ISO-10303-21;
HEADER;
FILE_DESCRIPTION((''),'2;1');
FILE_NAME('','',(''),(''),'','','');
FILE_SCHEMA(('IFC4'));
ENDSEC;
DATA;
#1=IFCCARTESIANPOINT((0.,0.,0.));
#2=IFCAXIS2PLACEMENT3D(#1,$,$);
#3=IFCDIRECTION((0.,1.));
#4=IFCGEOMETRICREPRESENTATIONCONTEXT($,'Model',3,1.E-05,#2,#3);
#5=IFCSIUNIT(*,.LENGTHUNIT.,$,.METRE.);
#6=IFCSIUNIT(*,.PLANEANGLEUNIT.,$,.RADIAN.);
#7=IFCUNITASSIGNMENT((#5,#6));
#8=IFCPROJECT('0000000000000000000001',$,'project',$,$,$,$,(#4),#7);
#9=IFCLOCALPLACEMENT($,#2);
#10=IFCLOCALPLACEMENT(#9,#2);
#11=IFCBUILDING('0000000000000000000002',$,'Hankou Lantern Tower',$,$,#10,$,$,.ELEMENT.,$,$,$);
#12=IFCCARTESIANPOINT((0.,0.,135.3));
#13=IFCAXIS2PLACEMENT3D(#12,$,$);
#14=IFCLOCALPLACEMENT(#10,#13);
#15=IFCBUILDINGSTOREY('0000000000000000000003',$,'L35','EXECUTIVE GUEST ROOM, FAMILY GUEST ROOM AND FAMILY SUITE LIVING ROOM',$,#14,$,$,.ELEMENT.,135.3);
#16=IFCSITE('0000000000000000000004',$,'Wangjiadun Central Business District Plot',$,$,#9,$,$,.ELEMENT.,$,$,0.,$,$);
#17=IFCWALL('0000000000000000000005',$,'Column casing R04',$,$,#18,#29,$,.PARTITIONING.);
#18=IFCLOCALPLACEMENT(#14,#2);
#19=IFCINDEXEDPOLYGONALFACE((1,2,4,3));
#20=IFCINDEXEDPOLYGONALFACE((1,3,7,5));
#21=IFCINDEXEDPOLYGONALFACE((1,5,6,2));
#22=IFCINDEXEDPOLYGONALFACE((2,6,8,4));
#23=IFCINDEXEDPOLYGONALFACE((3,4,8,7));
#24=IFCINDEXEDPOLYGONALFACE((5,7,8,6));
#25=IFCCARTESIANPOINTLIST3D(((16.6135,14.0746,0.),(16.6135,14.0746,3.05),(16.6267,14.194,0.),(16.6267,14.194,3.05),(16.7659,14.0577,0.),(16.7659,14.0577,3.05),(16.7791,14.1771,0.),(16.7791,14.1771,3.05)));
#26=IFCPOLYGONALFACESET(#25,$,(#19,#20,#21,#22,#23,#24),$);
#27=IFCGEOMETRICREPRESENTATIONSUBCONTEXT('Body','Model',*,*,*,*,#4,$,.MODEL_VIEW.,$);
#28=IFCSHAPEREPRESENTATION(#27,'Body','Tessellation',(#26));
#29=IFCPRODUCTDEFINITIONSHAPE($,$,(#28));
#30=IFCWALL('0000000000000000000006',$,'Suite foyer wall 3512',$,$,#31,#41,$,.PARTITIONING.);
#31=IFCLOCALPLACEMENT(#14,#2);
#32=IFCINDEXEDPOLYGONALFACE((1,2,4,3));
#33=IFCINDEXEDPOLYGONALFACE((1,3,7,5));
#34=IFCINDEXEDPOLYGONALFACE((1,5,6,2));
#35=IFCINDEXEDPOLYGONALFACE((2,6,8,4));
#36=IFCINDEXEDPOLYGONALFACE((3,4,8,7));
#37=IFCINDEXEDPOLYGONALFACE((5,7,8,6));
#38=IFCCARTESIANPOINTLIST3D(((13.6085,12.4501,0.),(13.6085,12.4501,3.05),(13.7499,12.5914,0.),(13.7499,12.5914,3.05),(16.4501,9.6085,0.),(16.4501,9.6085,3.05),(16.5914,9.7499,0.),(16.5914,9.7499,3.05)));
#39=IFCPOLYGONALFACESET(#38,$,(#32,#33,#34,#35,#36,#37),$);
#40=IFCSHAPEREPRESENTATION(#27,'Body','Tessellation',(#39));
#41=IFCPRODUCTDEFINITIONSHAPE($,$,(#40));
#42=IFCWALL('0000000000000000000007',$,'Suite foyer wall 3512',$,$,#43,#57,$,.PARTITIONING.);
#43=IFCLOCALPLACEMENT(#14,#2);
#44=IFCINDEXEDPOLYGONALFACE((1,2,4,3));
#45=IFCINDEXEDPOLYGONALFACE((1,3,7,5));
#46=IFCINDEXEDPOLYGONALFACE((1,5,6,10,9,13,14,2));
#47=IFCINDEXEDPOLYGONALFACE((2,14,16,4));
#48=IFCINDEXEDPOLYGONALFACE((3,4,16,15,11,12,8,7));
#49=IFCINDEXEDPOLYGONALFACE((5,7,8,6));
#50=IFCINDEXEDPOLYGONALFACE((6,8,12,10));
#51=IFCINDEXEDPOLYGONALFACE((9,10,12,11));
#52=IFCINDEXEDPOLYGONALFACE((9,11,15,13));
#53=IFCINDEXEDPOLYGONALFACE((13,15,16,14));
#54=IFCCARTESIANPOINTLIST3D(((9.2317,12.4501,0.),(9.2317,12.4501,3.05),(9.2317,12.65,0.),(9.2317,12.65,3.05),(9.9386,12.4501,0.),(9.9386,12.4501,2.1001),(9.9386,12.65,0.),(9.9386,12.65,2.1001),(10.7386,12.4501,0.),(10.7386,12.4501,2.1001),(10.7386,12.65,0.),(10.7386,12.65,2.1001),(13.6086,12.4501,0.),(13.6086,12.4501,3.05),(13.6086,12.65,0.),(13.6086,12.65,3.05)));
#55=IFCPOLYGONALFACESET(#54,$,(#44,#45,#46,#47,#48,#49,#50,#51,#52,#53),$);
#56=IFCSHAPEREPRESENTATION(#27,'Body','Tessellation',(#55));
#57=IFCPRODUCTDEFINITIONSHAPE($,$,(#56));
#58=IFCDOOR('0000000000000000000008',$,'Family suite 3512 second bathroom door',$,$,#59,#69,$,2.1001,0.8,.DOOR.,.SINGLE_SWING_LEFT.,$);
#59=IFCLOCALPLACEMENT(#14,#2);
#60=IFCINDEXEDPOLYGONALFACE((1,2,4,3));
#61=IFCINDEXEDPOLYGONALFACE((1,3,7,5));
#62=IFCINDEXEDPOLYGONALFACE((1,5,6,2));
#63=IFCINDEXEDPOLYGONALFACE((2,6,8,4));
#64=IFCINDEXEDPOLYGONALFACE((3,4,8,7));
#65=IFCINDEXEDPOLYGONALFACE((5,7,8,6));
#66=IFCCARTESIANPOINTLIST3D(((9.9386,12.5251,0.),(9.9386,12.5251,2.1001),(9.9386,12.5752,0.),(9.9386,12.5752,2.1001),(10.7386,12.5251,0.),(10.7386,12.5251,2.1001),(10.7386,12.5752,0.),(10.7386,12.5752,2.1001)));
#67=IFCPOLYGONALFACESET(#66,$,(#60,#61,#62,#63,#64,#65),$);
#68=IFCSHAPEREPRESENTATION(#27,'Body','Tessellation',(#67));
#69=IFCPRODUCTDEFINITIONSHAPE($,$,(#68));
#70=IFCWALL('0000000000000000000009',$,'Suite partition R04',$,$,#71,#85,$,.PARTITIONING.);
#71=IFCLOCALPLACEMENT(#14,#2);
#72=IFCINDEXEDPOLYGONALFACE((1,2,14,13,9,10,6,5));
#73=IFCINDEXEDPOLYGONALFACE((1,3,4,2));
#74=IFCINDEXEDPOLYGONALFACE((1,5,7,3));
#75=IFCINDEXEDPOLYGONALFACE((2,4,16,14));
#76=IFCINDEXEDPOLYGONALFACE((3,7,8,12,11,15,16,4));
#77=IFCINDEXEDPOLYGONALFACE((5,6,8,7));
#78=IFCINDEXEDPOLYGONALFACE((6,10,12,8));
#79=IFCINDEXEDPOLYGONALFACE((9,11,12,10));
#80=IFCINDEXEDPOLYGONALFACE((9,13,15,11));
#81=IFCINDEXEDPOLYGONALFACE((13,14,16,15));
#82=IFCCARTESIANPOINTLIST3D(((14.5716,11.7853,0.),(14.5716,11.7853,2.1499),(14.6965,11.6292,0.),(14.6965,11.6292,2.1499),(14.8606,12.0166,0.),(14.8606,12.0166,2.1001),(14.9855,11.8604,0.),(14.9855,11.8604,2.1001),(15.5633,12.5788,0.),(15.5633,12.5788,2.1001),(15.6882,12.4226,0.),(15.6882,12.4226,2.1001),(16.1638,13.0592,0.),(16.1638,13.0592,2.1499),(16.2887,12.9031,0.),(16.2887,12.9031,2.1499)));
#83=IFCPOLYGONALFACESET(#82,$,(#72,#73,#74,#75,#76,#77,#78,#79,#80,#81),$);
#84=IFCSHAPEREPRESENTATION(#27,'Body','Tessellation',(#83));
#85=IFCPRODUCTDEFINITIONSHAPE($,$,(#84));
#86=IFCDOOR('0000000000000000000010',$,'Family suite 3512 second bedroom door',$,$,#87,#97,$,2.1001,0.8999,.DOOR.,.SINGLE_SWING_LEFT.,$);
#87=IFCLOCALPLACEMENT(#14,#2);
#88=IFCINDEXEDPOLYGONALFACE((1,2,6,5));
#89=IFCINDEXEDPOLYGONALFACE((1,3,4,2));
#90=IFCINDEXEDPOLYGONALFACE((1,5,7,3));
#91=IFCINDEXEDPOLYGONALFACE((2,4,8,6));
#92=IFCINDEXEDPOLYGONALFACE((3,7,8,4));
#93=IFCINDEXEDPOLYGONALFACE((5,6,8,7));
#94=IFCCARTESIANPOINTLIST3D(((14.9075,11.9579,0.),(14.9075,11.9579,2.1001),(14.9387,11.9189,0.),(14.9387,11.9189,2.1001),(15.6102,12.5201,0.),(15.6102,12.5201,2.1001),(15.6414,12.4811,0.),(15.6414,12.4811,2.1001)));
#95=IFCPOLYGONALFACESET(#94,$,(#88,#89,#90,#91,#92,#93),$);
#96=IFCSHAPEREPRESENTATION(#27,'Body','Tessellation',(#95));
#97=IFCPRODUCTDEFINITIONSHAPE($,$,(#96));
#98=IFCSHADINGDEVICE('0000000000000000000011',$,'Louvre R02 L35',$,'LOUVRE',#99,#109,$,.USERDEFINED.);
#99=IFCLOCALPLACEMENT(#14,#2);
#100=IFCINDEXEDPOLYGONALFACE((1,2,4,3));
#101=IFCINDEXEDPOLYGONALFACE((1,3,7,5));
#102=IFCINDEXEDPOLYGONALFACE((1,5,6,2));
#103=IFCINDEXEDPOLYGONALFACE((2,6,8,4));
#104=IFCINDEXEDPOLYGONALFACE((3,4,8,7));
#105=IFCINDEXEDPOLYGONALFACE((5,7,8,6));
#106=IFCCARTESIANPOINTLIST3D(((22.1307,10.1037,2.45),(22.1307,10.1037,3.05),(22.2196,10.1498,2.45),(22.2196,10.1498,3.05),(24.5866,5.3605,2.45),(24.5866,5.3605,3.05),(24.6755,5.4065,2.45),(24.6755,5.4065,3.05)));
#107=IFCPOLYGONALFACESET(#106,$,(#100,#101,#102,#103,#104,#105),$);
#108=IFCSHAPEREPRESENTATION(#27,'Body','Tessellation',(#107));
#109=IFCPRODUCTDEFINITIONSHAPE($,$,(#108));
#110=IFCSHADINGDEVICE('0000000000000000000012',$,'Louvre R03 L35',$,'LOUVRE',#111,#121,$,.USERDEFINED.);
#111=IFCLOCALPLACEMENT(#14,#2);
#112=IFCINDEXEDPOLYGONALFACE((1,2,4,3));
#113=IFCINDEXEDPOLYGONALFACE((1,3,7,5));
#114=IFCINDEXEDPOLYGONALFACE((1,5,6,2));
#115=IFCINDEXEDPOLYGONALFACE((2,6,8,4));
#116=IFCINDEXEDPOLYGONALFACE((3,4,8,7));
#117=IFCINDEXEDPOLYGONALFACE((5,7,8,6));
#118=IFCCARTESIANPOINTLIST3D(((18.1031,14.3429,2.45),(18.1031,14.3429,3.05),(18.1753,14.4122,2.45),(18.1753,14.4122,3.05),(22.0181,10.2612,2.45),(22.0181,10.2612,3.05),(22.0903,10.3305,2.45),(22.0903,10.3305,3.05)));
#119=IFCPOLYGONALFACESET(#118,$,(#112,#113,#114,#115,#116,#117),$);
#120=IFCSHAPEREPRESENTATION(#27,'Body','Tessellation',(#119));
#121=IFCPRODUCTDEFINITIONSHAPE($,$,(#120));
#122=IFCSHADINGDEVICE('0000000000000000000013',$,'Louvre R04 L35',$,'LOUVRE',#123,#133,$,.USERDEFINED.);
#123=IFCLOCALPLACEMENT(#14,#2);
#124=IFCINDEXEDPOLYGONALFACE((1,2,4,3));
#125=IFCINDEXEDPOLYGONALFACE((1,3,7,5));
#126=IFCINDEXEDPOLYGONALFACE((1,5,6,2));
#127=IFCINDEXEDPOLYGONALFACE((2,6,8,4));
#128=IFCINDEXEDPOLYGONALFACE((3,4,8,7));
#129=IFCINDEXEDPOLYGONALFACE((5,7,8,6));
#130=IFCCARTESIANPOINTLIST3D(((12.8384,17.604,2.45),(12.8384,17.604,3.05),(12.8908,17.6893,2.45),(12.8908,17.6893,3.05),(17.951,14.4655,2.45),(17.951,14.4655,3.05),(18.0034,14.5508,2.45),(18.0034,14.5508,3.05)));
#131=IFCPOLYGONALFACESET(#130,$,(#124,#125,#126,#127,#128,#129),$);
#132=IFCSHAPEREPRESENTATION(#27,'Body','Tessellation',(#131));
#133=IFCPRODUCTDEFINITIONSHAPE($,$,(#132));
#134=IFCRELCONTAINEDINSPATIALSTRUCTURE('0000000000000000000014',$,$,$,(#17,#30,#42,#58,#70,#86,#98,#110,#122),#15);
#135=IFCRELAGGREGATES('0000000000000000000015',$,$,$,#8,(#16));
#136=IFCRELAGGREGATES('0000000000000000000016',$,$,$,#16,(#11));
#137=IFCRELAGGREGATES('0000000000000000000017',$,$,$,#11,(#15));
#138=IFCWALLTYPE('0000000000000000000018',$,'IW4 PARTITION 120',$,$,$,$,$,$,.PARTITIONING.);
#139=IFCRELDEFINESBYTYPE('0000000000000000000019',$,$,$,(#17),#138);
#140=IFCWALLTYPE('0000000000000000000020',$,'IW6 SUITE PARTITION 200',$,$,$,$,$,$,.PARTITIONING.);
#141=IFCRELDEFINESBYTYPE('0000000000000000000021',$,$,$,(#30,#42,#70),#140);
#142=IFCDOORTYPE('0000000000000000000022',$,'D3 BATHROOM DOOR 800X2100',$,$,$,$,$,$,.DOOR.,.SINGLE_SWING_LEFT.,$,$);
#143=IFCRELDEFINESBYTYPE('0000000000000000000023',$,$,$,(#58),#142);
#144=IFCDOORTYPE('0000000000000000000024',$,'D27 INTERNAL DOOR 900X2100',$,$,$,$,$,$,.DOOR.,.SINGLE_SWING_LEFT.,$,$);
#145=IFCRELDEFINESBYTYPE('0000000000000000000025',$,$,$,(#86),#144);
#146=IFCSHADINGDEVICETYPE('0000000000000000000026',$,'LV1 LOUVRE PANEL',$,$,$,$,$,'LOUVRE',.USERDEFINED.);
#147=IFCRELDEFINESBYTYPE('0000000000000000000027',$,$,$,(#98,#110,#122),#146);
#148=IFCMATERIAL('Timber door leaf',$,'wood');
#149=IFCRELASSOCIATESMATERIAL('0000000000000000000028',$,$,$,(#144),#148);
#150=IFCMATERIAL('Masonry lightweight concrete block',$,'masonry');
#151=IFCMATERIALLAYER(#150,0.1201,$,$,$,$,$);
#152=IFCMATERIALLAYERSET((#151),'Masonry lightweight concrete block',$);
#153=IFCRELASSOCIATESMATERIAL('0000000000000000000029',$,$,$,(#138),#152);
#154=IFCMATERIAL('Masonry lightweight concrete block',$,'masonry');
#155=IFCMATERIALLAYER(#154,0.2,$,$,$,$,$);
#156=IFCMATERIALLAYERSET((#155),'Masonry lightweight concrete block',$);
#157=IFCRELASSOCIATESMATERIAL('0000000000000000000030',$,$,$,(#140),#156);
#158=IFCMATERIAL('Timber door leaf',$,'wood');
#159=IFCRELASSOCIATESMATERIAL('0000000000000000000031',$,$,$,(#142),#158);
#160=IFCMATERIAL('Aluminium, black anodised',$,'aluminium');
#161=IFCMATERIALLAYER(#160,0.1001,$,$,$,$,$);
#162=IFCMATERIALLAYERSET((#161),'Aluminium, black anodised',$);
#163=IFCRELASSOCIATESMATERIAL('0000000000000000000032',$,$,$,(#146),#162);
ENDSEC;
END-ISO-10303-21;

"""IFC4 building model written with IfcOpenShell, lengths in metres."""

from ifc_helpers import new_model, si_unit, direction, frame, frame_2d, origin, origin_2d, place, context, subcontext, project, spatial, rectangle, extrude, material, layer, layer_set, type_object, element, fill, save


model = new_model("IFC4")

# Units and contexts
model_context = context("Model", 3, precision=1e-05, world=origin(), true_north=direction((0.0, 1.0)))
body_context = subcontext(model_context, "Body", "Model", "MODEL_VIEW")
ifc_project = project(units=[si_unit("LENGTHUNIT", "METRE"), si_unit("PLANEANGLEUNIT", "RADIAN")], contexts=[model_context])

# Site, building, storey
site_placement = place(None, origin())
site = spatial("IfcSite", under=ifc_project, at=site_placement, Name="Wangjiadun Central Business District Plot", CompositionType="ELEMENT", RefElevation=0.0)
building_placement = place(site_placement, origin())
building = spatial("IfcBuilding", under=site, at=building_placement, Name="Hankou Lantern Tower", CompositionType="ELEMENT")
storey_placement = place(building_placement, frame((0.0, 0.0, 135.3)))
storey = spatial("IfcBuildingStorey", under=building, at=storey_placement, Name="L35", Description="EXECUTIVE GUEST ROOM, FAMILY GUEST ROOM AND FAMILY SUITE LIVING ROOM", CompositionType="ELEMENT", Elevation=135.3)

# Shared definitions
ifc_material_1 = material(Name="Timber door leaf", Category="wood")
door_type_1 = type_object("IfcDoorType", Name="D27 INTERNAL DOOR 900X2100", OperationType="SINGLE_SWING_LEFT", PredefinedType="DOOR", material=ifc_material_1)

# Walls
ifc_material_2 = material(Name="Masonry lightweight concrete block", Category="masonry")
ifc_layer_1 = layer(ifc_material_2, 0.1201)
ifc_layer_set_1 = layer_set([ifc_layer_1], Name="Masonry lightweight concrete block")
wall_type_1 = type_object("IfcWallType", Name="IW4 PARTITION 120", PredefinedType="PARTITIONING", material=ifc_layer_set_1)
wall_1_placement = place(storey_placement, frame((16.6201, 14.1343, 0.0), z_axis=(0.0, 0.0, 1.0), x_axis=(0.993942, -0.109907, 0.0)))
element("IfcWall", 1, at=wall_1_placement, inside=storey, type_object=wall_type_1, Name="Column casing R04", PredefinedType="PARTITIONING", context=body_context, shape_type="SweptSolid", body=[
    extrude(rectangle(XDim=0.1533, YDim=0.1201, at=frame_2d((0.0767, 0.0))), origin(), (0.0, 0.0, 1.0), 3.05),
])
ifc_material_3 = material(Name="Masonry lightweight concrete block", Category="masonry")
ifc_layer_2 = layer(ifc_material_3, 0.2)
ifc_layer_set_2 = layer_set([ifc_layer_2], Name="Masonry lightweight concrete block")
wall_type_2 = type_object("IfcWallType", Name="IW6 SUITE PARTITION 200", PredefinedType="PARTITIONING", material=ifc_layer_set_2)
wall_2_placement = place(storey_placement, frame((16.5208, 9.6792, 0.0), z_axis=(0.0, 0.0, 1.0), x_axis=(-0.707107, 0.707107, 0.0)))
element("IfcWall", 2, at=wall_2_placement, inside=storey, type_object=wall_type_2, Name="Suite foyer wall 3512", PredefinedType="PARTITIONING", context=body_context, shape_type="SweptSolid", body=[
    extrude(rectangle(XDim=4.0186, YDim=0.2, at=frame_2d((2.0093, 0.0))), origin(), (0.0, 0.0, 1.0), 3.05),
])

# Walls, openings, doors
wall_3_placement = place(storey_placement, frame((13.6086, 12.55, 0.0), z_axis=(0.0, 0.0, 1.0), x_axis=(-1.0, 0.0, 0.0)))
wall_3 = element("IfcWall", 3, at=wall_3_placement, inside=storey, type_object=wall_type_2, Name="Suite foyer wall 3512", PredefinedType="PARTITIONING", context=body_context, shape_type="SweptSolid", body=[
    extrude(rectangle(XDim=4.377, YDim=0.2, at=frame_2d((2.1885, 0.0))), origin(), (0.0, 0.0, 1.0), 3.05),
])
opening_1_placement = place(wall_3_placement, frame((2.8701, 0.0, 0.0)))
opening_1 = element("IfcOpeningElement", 4, at=opening_1_placement, cuts=wall_3, PredefinedType="OPENING", context=body_context, shape_type="SweptSolid", body=[
    extrude(rectangle(XDim=0.8, YDim=2.1001, at=frame_2d((0.3999, 1.05))), frame((0.0, 0.1099, 0.0), z_axis=(0.0, -1.0, 0.0), x_axis=(1.0, 0.0, 0.0)), (0.0, 0.0, 1.0), 0.22),
])
ifc_material_4 = material(Name="Timber door leaf", Category="wood")
door_type_2 = type_object("IfcDoorType", Name="D3 BATHROOM DOOR 800X2100", OperationType="SINGLE_SWING_LEFT", PredefinedType="DOOR", material=ifc_material_4)
door_1_placement = place(opening_1_placement, origin())
door_1 = element("IfcDoor", 5, at=door_1_placement, inside=storey, type_object=door_type_2, Name="Family suite 3512 second bathroom door", OperationType="SINGLE_SWING_LEFT", OverallHeight=2.1001, OverallWidth=0.8, PredefinedType="DOOR", context=body_context, shape_type="SweptSolid", body=[
    extrude(rectangle(XDim=0.8, YDim=2.1001, at=frame_2d((0.3999, 1.05))), frame((0.0, 0.0249, 0.0), z_axis=(0.0, -1.0, 0.0), x_axis=(1.0, 0.0, 0.0)), (0.0, 0.0, 1.0), 0.05),
])
fill(opening_1, door_1)
wall_4_placement = place(storey_placement, frame((14.634, 11.7073, 0.0), z_axis=(0.0, 0.0, 1.0), x_axis=(0.780845, 0.624724, 0.0)))
wall_4 = element("IfcWall", 6, at=wall_4_placement, inside=storey, type_object=wall_type_2, Name="Suite partition R04", PredefinedType="PARTITIONING", context=body_context, shape_type="SweptSolid", body=[
    extrude(rectangle(XDim=2.0391, YDim=0.2, at=frame_2d((1.0195, 0.0))), origin(), (0.0, 0.0, 1.0), 2.1499),
])
opening_2_placement = place(wall_4_placement, frame((0.3701, 0.0, 0.0)))
opening_2 = element("IfcOpeningElement", 7, at=opening_2_placement, cuts=wall_4, PredefinedType="OPENING", context=body_context, shape_type="SweptSolid", body=[
    extrude(rectangle(XDim=0.8999, YDim=2.1001, at=frame_2d((0.45, 1.05))), frame((0.0, 0.1099, 0.0), z_axis=(0.0, -1.0, 0.0), x_axis=(1.0, 0.0, 0.0)), (0.0, 0.0, 1.0), 0.22),
])
door_2_placement = place(opening_2_placement, origin())
door_2 = element("IfcDoor", 8, at=door_2_placement, inside=storey, type_object=door_type_1, Name="Family suite 3512 second bedroom door", OperationType="SINGLE_SWING_LEFT", OverallHeight=2.1001, OverallWidth=0.8999, PredefinedType="DOOR", context=body_context, shape_type="SweptSolid", body=[
    extrude(rectangle(XDim=0.8999, YDim=2.1001, at=frame_2d((0.45, 1.05))), frame((0.0, 0.0249, 0.0), z_axis=(0.0, -1.0, 0.0), x_axis=(1.0, 0.0, 0.0)), (0.0, 0.0, 1.0), 0.05),
])
fill(opening_2, door_2)

# Shading devices
ifc_material_5 = material(Name="Aluminium, black anodised", Category="aluminium")
ifc_layer_3 = layer(ifc_material_5, 0.1001)
ifc_layer_set_3 = layer_set([ifc_layer_3], Name="Aluminium, black anodised")
shading_device_type = type_object("IfcShadingDeviceType", Name="LV1 LOUVRE PANEL", ElementType="LOUVRE", PredefinedType="USERDEFINED", material=ifc_layer_set_3)
shading_device_1_placement = place(storey_placement, frame((23.4031, 7.7551, 2.45), z_axis=(0.0, 0.0, 1.0), x_axis=(-0.459791, 0.888027, 0.0)))
element("IfcShadingDevice", 9, at=shading_device_1_placement, inside=storey, type_object=shading_device_type, Name="Louvre R02 L35", ObjectType="LOUVRE", PredefinedType="USERDEFINED", context=body_context, shape_type="SweptSolid", body=[
    extrude(rectangle(XDim=5.3413, YDim=0.1001, at=origin_2d()), origin(), (0.0, 0.0, 1.0), 0.6001),
])
shading_device_2_placement = place(storey_placement, frame((20.0967, 12.3367, 2.45), z_axis=(0.0, 0.0, 1.0), x_axis=(-0.692216, 0.721691, 0.0)))
element("IfcShadingDevice", 10, at=shading_device_2_placement, inside=storey, type_object=shading_device_type, Name="Louvre R03 L35", ObjectType="LOUVRE", PredefinedType="USERDEFINED", context=body_context, shape_type="SweptSolid", body=[
    extrude(rectangle(XDim=5.6558, YDim=0.1001, at=origin_2d()), origin(), (0.0, 0.0, 1.0), 0.6001),
])
shading_device_3_placement = place(storey_placement, frame((15.4209, 16.0774, 2.45), z_axis=(0.0, 0.0, 1.0), x_axis=(-0.852237, 0.523156, 0.0)))
element("IfcShadingDevice", 11, at=shading_device_3_placement, inside=storey, type_object=shading_device_type, Name="Louvre R04 L35", ObjectType="LOUVRE", PredefinedType="USERDEFINED", context=body_context, shape_type="SweptSolid", body=[
    extrude(rectangle(XDim=5.999, YDim=0.1001, at=origin_2d()), origin(), (0.0, 0.0, 1.0), 0.6001),
])

save(model, "model.ifc")
